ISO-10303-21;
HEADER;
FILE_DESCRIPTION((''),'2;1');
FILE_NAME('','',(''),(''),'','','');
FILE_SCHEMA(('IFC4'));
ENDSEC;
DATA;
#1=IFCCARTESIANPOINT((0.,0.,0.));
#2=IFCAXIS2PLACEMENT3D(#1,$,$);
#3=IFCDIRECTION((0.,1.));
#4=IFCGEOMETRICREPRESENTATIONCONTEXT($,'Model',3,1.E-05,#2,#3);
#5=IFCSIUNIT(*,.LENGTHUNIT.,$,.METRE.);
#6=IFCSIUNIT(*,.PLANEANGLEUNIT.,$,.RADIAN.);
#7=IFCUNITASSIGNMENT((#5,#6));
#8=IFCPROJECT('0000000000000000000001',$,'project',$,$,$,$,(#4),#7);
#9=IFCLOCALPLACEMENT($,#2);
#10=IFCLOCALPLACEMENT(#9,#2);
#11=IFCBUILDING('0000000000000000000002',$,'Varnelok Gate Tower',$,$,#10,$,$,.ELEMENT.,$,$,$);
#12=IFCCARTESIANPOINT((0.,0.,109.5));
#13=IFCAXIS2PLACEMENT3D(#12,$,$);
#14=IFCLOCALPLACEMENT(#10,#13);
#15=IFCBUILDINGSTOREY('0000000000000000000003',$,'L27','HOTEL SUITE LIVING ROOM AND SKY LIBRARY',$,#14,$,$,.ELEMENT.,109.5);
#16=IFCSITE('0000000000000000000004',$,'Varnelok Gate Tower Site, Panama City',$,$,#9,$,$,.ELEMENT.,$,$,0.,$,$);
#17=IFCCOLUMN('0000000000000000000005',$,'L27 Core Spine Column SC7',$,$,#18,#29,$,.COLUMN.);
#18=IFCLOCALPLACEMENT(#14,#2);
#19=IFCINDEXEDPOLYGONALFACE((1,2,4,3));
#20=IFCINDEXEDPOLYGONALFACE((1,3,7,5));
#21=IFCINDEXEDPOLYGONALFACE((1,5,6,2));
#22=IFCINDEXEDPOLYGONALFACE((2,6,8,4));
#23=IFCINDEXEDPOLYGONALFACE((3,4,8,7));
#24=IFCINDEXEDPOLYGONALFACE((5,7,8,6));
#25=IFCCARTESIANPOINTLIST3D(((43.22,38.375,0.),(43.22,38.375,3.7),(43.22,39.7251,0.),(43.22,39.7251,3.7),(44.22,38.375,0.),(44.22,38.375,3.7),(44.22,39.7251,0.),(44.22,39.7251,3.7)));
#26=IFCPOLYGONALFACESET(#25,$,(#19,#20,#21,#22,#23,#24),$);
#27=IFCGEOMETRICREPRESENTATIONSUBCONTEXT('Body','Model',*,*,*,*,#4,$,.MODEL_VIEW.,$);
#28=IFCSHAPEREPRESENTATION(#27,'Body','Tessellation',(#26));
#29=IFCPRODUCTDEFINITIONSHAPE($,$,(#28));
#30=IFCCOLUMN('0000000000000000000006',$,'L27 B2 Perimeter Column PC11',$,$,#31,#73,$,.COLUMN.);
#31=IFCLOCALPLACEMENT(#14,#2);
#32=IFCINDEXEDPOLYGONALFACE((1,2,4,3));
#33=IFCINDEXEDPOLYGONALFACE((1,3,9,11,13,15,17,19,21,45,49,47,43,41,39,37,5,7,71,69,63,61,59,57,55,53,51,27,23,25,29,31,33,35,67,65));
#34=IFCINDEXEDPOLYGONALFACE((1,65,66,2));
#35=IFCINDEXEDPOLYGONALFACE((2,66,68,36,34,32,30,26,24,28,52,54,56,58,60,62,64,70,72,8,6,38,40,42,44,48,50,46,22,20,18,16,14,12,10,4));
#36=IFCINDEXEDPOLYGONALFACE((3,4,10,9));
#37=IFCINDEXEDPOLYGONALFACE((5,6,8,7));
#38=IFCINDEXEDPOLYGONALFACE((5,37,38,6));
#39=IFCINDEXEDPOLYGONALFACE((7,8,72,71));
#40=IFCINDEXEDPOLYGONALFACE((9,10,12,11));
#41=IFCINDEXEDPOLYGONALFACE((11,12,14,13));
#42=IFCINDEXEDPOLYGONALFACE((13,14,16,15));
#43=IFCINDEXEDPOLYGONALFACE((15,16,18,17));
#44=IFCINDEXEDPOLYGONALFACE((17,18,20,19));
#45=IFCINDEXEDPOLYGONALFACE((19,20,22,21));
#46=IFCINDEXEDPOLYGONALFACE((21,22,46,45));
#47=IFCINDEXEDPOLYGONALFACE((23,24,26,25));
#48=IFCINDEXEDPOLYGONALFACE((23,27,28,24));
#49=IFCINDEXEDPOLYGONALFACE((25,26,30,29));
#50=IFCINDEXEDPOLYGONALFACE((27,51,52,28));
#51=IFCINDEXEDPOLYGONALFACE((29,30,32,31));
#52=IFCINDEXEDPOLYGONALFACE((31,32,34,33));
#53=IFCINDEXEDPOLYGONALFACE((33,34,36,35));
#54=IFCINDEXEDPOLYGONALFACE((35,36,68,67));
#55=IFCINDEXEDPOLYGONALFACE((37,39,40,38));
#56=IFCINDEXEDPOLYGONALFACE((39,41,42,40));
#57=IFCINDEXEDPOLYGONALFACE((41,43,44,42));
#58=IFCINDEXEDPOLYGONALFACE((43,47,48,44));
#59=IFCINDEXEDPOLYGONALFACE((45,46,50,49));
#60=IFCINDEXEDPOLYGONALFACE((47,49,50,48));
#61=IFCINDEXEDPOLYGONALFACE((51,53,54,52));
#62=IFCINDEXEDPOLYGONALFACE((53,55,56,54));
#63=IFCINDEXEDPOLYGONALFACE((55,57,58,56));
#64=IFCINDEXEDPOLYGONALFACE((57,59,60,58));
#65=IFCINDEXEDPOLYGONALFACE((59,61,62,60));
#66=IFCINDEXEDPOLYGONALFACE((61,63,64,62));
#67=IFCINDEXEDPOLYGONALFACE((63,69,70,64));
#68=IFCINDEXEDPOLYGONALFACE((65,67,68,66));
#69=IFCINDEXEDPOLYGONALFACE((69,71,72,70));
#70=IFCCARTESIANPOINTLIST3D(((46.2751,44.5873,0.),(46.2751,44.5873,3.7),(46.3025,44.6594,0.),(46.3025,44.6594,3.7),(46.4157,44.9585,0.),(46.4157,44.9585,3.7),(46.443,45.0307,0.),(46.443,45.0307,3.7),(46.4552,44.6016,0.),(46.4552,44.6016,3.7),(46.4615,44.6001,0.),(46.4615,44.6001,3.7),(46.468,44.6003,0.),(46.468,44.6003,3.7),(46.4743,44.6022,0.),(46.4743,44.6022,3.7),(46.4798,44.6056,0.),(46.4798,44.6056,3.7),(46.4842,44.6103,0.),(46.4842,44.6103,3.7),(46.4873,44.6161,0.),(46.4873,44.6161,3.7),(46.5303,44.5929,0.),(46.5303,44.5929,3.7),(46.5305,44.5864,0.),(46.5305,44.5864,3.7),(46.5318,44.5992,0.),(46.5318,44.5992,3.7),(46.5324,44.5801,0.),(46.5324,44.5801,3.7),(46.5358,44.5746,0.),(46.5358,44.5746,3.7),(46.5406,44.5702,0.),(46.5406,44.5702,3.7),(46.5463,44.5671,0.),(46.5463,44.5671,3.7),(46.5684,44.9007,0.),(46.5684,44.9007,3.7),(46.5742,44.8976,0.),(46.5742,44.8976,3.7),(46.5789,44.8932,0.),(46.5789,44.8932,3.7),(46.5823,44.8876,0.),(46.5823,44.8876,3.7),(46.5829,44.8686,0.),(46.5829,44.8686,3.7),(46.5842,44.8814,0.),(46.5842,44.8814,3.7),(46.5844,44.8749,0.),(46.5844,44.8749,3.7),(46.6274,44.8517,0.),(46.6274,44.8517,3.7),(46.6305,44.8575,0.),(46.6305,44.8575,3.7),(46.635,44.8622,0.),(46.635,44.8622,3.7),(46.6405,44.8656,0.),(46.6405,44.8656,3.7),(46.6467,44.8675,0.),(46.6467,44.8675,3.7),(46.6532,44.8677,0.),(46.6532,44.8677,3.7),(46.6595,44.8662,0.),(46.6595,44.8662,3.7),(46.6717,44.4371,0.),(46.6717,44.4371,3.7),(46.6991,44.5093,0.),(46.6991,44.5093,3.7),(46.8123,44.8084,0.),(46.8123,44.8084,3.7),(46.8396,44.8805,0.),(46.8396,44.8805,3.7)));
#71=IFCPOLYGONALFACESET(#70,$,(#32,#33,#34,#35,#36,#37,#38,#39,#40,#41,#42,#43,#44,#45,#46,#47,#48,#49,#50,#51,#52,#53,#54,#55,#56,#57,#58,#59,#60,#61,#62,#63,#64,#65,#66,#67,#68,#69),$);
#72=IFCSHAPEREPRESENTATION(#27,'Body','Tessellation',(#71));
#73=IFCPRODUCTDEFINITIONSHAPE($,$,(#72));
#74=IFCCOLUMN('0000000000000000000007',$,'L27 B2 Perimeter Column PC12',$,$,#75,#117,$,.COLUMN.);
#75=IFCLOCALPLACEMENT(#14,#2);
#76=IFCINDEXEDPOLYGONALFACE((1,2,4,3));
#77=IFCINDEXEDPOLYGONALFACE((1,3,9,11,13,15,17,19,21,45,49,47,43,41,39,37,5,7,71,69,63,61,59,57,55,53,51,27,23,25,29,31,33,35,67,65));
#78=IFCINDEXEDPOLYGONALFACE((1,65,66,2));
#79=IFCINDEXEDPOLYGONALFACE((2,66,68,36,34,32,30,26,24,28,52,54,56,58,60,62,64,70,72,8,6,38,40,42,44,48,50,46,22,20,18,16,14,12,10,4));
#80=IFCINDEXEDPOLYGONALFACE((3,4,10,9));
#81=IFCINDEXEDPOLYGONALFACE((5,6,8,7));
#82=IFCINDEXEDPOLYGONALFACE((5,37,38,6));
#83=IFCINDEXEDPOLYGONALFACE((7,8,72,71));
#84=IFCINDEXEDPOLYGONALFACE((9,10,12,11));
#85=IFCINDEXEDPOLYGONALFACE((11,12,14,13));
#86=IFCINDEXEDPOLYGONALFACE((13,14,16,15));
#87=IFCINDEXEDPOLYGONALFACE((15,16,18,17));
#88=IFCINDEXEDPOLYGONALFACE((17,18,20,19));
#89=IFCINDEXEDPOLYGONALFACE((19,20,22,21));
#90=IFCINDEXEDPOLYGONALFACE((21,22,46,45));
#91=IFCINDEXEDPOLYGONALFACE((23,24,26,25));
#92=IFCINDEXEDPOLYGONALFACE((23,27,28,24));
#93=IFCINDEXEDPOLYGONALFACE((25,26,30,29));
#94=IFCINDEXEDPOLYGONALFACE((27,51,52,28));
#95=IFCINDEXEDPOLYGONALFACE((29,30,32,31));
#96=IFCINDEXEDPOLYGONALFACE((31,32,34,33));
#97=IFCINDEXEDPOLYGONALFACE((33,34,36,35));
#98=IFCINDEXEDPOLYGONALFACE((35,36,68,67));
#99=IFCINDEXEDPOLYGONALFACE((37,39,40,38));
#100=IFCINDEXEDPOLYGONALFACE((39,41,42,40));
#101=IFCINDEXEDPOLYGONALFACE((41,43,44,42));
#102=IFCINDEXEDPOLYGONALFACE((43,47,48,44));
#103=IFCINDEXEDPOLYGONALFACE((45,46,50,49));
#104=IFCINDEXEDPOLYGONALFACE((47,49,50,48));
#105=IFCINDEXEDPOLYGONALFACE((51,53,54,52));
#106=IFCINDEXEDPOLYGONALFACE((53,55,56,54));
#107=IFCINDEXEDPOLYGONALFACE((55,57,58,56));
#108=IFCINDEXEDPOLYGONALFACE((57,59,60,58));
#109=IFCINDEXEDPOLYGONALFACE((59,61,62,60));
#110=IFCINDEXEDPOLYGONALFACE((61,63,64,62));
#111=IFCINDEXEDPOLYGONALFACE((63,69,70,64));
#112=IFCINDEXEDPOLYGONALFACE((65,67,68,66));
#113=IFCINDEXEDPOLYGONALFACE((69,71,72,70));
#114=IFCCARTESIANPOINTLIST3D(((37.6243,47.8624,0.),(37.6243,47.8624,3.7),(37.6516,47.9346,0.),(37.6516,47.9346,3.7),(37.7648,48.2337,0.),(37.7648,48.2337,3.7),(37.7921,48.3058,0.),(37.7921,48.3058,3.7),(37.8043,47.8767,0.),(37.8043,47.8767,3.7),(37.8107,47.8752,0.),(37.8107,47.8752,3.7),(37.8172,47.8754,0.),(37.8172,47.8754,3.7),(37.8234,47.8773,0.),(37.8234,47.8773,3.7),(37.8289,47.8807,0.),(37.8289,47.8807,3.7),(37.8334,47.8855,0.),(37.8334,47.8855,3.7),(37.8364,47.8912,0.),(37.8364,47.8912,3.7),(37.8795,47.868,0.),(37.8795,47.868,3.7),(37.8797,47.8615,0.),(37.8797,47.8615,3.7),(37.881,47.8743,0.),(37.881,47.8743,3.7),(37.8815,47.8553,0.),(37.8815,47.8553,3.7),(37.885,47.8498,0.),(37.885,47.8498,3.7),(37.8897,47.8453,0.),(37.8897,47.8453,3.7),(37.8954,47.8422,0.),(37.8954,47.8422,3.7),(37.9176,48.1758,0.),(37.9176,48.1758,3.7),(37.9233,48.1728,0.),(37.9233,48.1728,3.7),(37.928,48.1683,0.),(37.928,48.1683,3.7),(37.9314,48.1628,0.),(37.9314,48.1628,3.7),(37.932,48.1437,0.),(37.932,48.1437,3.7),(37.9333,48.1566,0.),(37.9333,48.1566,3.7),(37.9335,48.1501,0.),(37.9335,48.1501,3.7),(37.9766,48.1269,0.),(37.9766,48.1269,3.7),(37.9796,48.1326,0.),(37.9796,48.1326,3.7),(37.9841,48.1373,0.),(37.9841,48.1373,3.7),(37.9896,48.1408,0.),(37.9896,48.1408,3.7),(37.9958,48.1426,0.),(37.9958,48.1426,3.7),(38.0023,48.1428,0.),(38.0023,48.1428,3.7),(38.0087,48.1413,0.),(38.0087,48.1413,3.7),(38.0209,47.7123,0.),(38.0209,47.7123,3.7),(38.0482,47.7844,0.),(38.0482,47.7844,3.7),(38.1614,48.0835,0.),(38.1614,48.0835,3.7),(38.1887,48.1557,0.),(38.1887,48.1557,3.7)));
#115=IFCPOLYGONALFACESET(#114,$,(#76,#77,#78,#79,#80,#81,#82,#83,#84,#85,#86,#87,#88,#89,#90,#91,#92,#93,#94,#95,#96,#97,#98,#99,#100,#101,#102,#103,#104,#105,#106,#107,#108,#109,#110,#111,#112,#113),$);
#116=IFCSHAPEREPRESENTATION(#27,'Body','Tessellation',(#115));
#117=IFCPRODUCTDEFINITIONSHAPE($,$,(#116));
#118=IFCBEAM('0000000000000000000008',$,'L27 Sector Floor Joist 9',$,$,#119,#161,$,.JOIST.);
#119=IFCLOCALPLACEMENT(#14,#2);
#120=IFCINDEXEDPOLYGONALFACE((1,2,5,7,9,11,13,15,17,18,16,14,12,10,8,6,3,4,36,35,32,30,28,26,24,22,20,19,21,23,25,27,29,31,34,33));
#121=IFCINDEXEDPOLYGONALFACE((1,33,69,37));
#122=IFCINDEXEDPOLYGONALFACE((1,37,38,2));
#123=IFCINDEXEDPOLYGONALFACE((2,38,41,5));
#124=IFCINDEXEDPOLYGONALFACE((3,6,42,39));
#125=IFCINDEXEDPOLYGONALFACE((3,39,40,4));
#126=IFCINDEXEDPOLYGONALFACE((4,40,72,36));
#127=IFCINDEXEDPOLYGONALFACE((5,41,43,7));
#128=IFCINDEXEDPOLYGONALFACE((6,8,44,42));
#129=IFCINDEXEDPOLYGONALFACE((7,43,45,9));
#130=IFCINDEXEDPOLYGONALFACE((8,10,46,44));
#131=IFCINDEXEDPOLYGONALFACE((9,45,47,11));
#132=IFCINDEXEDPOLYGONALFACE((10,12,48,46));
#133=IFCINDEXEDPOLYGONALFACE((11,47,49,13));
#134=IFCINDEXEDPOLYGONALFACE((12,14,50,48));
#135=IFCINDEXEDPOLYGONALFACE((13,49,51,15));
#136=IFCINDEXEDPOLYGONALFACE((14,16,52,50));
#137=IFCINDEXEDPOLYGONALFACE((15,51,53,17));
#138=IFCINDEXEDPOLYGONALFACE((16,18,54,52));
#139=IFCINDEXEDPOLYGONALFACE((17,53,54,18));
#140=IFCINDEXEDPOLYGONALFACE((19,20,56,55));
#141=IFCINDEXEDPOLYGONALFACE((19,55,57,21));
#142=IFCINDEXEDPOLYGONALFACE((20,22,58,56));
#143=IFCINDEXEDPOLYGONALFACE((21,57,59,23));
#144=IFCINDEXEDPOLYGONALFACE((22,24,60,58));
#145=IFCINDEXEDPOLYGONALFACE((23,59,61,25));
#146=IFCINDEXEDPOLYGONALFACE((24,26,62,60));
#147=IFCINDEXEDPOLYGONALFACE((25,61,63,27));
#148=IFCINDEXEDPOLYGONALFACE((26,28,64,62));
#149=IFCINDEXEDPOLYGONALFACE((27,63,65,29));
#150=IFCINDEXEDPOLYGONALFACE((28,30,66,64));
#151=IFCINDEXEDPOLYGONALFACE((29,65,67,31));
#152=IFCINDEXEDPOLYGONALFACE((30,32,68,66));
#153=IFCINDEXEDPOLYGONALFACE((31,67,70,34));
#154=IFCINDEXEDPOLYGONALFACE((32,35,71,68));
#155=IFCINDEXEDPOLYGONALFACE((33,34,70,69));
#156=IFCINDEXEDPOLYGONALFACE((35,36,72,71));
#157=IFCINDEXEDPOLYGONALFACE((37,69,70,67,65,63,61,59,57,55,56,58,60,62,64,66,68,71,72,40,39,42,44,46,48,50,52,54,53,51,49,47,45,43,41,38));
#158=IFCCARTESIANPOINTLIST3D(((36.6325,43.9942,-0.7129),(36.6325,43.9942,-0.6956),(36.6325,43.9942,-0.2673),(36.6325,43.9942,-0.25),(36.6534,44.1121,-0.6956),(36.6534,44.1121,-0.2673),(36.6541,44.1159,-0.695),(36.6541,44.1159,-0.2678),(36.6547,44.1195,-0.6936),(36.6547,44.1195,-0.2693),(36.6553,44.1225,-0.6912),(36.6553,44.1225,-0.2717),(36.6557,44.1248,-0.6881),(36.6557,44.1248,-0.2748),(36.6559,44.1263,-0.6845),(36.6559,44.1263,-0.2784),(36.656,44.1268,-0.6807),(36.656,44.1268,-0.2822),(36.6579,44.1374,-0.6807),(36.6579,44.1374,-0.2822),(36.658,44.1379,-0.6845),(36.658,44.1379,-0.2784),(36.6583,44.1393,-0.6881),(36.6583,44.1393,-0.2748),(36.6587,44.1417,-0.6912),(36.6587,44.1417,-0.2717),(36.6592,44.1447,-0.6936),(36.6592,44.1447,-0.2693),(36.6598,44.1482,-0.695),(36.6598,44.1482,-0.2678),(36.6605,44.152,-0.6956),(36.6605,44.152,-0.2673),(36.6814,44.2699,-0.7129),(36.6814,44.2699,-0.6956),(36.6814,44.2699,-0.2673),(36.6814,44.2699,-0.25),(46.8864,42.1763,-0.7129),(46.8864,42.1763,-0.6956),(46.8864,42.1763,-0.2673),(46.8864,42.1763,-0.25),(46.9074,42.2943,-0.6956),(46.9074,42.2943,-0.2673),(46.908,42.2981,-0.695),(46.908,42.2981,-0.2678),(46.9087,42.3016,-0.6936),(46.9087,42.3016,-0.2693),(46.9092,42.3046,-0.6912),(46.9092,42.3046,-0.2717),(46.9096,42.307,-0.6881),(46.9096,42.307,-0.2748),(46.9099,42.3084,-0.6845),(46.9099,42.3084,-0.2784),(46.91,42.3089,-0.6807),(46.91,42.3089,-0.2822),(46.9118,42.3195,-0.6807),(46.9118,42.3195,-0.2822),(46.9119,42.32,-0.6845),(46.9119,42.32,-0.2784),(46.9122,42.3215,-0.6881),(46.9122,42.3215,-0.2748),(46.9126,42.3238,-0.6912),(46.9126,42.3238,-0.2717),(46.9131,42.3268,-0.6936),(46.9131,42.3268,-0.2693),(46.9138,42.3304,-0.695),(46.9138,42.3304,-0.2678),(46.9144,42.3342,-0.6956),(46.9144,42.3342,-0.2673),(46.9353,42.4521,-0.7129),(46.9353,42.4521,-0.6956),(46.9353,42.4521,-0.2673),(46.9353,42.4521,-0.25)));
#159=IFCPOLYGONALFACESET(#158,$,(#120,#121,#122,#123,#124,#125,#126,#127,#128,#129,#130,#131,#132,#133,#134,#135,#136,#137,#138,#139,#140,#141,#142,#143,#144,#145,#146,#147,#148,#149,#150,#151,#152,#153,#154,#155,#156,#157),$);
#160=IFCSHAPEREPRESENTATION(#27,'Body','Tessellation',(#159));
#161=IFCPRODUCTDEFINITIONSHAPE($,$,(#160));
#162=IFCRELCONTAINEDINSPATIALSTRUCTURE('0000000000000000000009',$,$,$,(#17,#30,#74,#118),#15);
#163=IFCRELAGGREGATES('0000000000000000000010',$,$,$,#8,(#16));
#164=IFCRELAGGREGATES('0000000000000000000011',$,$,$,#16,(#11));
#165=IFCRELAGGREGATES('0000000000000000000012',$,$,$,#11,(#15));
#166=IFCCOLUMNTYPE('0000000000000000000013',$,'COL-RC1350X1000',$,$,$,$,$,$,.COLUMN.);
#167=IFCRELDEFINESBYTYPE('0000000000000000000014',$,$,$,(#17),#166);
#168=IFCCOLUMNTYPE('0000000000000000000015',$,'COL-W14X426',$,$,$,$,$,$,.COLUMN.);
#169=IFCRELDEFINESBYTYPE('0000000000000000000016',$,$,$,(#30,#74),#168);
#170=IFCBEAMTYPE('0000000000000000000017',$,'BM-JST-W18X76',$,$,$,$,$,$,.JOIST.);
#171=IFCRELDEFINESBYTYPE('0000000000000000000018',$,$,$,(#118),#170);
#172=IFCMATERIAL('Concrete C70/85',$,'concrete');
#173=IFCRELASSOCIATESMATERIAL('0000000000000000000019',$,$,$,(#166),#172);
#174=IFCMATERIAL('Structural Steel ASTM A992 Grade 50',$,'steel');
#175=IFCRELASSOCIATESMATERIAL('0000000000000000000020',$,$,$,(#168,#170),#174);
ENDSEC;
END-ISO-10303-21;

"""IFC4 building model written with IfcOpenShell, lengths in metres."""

from ifc_helpers import new_model, si_unit, direction, frame, origin, origin_2d, place, context, subcontext, project, spatial, rectangle, i_section, extrude, material, material_profile, profile_set, type_object, element, save


model = new_model("IFC4")

# Units and contexts
model_context = context("Model", 3, precision=1e-05, world=origin(), true_north=direction((0.0, 1.0)))
body_context = subcontext(model_context, "Body", "Model", "MODEL_VIEW")
ifc_project = project(units=[si_unit("LENGTHUNIT", "METRE"), si_unit("PLANEANGLEUNIT", "RADIAN")], contexts=[model_context])

# Site, building, storey
site_placement = place(None, origin())
site = spatial("IfcSite", under=ifc_project, at=site_placement, Name="Varnelok Gate Tower Site, Panama City", CompositionType="ELEMENT", RefElevation=0.0)
building_placement = place(site_placement, origin())
building = spatial("IfcBuilding", under=site, at=building_placement, Name="Varnelok Gate Tower", CompositionType="ELEMENT")
storey_placement = place(building_placement, frame((0.0, 0.0, 109.5)))
storey = spatial("IfcBuildingStorey", under=building, at=storey_placement, Name="L27", Description="HOTEL SUITE LIVING ROOM AND SKY LIBRARY", CompositionType="ELEMENT", Elevation=109.5)

# Columns
ifc_material_1 = material(Name="Concrete C70/85", Category="concrete")
ifc_material_profile_1 = material_profile(ifc_material_1, rectangle(XDim=1.0, YDim=1.3501, at=origin_2d()), Name="RC1350X1000")
ifc_profile_set_1 = profile_set([ifc_material_profile_1], Name="Concrete C70/85")
column_type_1 = type_object("IfcColumnType", Name="COL-RC1350X1000", PredefinedType="COLUMN", material=ifc_profile_set_1)
column_placement = place(storey_placement, frame((43.72, 39.05, 0.0), z_axis=(0.0, 0.0, 1.0), x_axis=(1.0, 0.0, 0.0)))
element("IfcColumn", 1, at=column_placement, inside=storey, type_object=column_type_1, Name="L27 Core Spine Column SC7", PredefinedType="COLUMN", context=body_context, shape_type="SweptSolid", body=[
    extrude(rectangle(XDim=1.0, YDim=1.3501, at=origin_2d()), origin(), (0.0, 0.0, 1.0), 3.7),
])
ifc_material_2 = material(Name="Structural Steel ASTM A992 Grade 50", Category="steel")
ifc_material_profile_2 = material_profile(ifc_material_2, i_section(OverallWidth=0.4241, OverallDepth=0.4741, WebThickness=0.0476, FlangeThickness=0.0771, FilletRadius=0.0249, at=origin_2d()), Name="W14X426")
ifc_profile_set_2 = profile_set([ifc_material_profile_2], Name="Structural Steel ASTM A992 Grade 50")
column_type_2 = type_object("IfcColumnType", Name="COL-W14X426", PredefinedType="COLUMN", material=ifc_profile_set_2)
for number, where, z_axis, x_axis, name in (
    (2, (46.5574, 44.7339, 0.0), (0.0, 0.0, 1.0), (0.935222, -0.354063, 0.0), "L27 B2 Perimeter Column PC11"),
    (3, (37.9065, 48.009, 0.0), (0.0, 0.0, 1.0), (0.935222, -0.354063, 0.0), "L27 B2 Perimeter Column PC12"),
):
    element("IfcColumn", number, at=place(storey_placement, frame(where, z_axis=z_axis, x_axis=x_axis)), inside=storey, type_object=column_type_2, Name=name, PredefinedType="COLUMN", context=body_context, shape_type="SweptSolid", body=[
        extrude(i_section(OverallWidth=0.4241, OverallDepth=0.4741, WebThickness=0.0476, FlangeThickness=0.0771, FilletRadius=0.0249, at=origin_2d()), origin(), (0.0, 0.0, 1.0), 3.7),
    ])

# Beam
ifc_material_profile_3 = material_profile(ifc_material_2, i_section(OverallWidth=0.28, OverallDepth=0.4629, WebThickness=0.0107, FlangeThickness=0.0173, FilletRadius=0.0149, at=origin_2d()), Name="W18X76")
ifc_profile_set_3 = profile_set([ifc_material_profile_3], Name="Structural Steel ASTM A992 Grade 50")
beam_type_1 = type_object("IfcBeamType", Name="BM-JST-W18X76", PredefinedType="JOIST", material=ifc_profile_set_3)
beam_1_placement = place(storey_placement, frame((46.9109, 42.3142, -0.4814), z_axis=(-0.984646, 0.174564, 0.0), x_axis=(-0.174564, -0.984646, 0.0)))
element("IfcBeam", 4, at=beam_1_placement, inside=storey, type_object=beam_type_1, Name="L27 Sector Floor Joist 9", PredefinedType="JOIST", context=body_context, shape_type="SweptSolid", body=[
    extrude(i_section(OverallWidth=0.28, OverallDepth=0.4629, WebThickness=0.0107, FlangeThickness=0.0173, FilletRadius=0.0149, at=origin_2d()), origin(), (0.0, 0.0, 1.0), 10.4138),
])

save(model, "model.ifc")
